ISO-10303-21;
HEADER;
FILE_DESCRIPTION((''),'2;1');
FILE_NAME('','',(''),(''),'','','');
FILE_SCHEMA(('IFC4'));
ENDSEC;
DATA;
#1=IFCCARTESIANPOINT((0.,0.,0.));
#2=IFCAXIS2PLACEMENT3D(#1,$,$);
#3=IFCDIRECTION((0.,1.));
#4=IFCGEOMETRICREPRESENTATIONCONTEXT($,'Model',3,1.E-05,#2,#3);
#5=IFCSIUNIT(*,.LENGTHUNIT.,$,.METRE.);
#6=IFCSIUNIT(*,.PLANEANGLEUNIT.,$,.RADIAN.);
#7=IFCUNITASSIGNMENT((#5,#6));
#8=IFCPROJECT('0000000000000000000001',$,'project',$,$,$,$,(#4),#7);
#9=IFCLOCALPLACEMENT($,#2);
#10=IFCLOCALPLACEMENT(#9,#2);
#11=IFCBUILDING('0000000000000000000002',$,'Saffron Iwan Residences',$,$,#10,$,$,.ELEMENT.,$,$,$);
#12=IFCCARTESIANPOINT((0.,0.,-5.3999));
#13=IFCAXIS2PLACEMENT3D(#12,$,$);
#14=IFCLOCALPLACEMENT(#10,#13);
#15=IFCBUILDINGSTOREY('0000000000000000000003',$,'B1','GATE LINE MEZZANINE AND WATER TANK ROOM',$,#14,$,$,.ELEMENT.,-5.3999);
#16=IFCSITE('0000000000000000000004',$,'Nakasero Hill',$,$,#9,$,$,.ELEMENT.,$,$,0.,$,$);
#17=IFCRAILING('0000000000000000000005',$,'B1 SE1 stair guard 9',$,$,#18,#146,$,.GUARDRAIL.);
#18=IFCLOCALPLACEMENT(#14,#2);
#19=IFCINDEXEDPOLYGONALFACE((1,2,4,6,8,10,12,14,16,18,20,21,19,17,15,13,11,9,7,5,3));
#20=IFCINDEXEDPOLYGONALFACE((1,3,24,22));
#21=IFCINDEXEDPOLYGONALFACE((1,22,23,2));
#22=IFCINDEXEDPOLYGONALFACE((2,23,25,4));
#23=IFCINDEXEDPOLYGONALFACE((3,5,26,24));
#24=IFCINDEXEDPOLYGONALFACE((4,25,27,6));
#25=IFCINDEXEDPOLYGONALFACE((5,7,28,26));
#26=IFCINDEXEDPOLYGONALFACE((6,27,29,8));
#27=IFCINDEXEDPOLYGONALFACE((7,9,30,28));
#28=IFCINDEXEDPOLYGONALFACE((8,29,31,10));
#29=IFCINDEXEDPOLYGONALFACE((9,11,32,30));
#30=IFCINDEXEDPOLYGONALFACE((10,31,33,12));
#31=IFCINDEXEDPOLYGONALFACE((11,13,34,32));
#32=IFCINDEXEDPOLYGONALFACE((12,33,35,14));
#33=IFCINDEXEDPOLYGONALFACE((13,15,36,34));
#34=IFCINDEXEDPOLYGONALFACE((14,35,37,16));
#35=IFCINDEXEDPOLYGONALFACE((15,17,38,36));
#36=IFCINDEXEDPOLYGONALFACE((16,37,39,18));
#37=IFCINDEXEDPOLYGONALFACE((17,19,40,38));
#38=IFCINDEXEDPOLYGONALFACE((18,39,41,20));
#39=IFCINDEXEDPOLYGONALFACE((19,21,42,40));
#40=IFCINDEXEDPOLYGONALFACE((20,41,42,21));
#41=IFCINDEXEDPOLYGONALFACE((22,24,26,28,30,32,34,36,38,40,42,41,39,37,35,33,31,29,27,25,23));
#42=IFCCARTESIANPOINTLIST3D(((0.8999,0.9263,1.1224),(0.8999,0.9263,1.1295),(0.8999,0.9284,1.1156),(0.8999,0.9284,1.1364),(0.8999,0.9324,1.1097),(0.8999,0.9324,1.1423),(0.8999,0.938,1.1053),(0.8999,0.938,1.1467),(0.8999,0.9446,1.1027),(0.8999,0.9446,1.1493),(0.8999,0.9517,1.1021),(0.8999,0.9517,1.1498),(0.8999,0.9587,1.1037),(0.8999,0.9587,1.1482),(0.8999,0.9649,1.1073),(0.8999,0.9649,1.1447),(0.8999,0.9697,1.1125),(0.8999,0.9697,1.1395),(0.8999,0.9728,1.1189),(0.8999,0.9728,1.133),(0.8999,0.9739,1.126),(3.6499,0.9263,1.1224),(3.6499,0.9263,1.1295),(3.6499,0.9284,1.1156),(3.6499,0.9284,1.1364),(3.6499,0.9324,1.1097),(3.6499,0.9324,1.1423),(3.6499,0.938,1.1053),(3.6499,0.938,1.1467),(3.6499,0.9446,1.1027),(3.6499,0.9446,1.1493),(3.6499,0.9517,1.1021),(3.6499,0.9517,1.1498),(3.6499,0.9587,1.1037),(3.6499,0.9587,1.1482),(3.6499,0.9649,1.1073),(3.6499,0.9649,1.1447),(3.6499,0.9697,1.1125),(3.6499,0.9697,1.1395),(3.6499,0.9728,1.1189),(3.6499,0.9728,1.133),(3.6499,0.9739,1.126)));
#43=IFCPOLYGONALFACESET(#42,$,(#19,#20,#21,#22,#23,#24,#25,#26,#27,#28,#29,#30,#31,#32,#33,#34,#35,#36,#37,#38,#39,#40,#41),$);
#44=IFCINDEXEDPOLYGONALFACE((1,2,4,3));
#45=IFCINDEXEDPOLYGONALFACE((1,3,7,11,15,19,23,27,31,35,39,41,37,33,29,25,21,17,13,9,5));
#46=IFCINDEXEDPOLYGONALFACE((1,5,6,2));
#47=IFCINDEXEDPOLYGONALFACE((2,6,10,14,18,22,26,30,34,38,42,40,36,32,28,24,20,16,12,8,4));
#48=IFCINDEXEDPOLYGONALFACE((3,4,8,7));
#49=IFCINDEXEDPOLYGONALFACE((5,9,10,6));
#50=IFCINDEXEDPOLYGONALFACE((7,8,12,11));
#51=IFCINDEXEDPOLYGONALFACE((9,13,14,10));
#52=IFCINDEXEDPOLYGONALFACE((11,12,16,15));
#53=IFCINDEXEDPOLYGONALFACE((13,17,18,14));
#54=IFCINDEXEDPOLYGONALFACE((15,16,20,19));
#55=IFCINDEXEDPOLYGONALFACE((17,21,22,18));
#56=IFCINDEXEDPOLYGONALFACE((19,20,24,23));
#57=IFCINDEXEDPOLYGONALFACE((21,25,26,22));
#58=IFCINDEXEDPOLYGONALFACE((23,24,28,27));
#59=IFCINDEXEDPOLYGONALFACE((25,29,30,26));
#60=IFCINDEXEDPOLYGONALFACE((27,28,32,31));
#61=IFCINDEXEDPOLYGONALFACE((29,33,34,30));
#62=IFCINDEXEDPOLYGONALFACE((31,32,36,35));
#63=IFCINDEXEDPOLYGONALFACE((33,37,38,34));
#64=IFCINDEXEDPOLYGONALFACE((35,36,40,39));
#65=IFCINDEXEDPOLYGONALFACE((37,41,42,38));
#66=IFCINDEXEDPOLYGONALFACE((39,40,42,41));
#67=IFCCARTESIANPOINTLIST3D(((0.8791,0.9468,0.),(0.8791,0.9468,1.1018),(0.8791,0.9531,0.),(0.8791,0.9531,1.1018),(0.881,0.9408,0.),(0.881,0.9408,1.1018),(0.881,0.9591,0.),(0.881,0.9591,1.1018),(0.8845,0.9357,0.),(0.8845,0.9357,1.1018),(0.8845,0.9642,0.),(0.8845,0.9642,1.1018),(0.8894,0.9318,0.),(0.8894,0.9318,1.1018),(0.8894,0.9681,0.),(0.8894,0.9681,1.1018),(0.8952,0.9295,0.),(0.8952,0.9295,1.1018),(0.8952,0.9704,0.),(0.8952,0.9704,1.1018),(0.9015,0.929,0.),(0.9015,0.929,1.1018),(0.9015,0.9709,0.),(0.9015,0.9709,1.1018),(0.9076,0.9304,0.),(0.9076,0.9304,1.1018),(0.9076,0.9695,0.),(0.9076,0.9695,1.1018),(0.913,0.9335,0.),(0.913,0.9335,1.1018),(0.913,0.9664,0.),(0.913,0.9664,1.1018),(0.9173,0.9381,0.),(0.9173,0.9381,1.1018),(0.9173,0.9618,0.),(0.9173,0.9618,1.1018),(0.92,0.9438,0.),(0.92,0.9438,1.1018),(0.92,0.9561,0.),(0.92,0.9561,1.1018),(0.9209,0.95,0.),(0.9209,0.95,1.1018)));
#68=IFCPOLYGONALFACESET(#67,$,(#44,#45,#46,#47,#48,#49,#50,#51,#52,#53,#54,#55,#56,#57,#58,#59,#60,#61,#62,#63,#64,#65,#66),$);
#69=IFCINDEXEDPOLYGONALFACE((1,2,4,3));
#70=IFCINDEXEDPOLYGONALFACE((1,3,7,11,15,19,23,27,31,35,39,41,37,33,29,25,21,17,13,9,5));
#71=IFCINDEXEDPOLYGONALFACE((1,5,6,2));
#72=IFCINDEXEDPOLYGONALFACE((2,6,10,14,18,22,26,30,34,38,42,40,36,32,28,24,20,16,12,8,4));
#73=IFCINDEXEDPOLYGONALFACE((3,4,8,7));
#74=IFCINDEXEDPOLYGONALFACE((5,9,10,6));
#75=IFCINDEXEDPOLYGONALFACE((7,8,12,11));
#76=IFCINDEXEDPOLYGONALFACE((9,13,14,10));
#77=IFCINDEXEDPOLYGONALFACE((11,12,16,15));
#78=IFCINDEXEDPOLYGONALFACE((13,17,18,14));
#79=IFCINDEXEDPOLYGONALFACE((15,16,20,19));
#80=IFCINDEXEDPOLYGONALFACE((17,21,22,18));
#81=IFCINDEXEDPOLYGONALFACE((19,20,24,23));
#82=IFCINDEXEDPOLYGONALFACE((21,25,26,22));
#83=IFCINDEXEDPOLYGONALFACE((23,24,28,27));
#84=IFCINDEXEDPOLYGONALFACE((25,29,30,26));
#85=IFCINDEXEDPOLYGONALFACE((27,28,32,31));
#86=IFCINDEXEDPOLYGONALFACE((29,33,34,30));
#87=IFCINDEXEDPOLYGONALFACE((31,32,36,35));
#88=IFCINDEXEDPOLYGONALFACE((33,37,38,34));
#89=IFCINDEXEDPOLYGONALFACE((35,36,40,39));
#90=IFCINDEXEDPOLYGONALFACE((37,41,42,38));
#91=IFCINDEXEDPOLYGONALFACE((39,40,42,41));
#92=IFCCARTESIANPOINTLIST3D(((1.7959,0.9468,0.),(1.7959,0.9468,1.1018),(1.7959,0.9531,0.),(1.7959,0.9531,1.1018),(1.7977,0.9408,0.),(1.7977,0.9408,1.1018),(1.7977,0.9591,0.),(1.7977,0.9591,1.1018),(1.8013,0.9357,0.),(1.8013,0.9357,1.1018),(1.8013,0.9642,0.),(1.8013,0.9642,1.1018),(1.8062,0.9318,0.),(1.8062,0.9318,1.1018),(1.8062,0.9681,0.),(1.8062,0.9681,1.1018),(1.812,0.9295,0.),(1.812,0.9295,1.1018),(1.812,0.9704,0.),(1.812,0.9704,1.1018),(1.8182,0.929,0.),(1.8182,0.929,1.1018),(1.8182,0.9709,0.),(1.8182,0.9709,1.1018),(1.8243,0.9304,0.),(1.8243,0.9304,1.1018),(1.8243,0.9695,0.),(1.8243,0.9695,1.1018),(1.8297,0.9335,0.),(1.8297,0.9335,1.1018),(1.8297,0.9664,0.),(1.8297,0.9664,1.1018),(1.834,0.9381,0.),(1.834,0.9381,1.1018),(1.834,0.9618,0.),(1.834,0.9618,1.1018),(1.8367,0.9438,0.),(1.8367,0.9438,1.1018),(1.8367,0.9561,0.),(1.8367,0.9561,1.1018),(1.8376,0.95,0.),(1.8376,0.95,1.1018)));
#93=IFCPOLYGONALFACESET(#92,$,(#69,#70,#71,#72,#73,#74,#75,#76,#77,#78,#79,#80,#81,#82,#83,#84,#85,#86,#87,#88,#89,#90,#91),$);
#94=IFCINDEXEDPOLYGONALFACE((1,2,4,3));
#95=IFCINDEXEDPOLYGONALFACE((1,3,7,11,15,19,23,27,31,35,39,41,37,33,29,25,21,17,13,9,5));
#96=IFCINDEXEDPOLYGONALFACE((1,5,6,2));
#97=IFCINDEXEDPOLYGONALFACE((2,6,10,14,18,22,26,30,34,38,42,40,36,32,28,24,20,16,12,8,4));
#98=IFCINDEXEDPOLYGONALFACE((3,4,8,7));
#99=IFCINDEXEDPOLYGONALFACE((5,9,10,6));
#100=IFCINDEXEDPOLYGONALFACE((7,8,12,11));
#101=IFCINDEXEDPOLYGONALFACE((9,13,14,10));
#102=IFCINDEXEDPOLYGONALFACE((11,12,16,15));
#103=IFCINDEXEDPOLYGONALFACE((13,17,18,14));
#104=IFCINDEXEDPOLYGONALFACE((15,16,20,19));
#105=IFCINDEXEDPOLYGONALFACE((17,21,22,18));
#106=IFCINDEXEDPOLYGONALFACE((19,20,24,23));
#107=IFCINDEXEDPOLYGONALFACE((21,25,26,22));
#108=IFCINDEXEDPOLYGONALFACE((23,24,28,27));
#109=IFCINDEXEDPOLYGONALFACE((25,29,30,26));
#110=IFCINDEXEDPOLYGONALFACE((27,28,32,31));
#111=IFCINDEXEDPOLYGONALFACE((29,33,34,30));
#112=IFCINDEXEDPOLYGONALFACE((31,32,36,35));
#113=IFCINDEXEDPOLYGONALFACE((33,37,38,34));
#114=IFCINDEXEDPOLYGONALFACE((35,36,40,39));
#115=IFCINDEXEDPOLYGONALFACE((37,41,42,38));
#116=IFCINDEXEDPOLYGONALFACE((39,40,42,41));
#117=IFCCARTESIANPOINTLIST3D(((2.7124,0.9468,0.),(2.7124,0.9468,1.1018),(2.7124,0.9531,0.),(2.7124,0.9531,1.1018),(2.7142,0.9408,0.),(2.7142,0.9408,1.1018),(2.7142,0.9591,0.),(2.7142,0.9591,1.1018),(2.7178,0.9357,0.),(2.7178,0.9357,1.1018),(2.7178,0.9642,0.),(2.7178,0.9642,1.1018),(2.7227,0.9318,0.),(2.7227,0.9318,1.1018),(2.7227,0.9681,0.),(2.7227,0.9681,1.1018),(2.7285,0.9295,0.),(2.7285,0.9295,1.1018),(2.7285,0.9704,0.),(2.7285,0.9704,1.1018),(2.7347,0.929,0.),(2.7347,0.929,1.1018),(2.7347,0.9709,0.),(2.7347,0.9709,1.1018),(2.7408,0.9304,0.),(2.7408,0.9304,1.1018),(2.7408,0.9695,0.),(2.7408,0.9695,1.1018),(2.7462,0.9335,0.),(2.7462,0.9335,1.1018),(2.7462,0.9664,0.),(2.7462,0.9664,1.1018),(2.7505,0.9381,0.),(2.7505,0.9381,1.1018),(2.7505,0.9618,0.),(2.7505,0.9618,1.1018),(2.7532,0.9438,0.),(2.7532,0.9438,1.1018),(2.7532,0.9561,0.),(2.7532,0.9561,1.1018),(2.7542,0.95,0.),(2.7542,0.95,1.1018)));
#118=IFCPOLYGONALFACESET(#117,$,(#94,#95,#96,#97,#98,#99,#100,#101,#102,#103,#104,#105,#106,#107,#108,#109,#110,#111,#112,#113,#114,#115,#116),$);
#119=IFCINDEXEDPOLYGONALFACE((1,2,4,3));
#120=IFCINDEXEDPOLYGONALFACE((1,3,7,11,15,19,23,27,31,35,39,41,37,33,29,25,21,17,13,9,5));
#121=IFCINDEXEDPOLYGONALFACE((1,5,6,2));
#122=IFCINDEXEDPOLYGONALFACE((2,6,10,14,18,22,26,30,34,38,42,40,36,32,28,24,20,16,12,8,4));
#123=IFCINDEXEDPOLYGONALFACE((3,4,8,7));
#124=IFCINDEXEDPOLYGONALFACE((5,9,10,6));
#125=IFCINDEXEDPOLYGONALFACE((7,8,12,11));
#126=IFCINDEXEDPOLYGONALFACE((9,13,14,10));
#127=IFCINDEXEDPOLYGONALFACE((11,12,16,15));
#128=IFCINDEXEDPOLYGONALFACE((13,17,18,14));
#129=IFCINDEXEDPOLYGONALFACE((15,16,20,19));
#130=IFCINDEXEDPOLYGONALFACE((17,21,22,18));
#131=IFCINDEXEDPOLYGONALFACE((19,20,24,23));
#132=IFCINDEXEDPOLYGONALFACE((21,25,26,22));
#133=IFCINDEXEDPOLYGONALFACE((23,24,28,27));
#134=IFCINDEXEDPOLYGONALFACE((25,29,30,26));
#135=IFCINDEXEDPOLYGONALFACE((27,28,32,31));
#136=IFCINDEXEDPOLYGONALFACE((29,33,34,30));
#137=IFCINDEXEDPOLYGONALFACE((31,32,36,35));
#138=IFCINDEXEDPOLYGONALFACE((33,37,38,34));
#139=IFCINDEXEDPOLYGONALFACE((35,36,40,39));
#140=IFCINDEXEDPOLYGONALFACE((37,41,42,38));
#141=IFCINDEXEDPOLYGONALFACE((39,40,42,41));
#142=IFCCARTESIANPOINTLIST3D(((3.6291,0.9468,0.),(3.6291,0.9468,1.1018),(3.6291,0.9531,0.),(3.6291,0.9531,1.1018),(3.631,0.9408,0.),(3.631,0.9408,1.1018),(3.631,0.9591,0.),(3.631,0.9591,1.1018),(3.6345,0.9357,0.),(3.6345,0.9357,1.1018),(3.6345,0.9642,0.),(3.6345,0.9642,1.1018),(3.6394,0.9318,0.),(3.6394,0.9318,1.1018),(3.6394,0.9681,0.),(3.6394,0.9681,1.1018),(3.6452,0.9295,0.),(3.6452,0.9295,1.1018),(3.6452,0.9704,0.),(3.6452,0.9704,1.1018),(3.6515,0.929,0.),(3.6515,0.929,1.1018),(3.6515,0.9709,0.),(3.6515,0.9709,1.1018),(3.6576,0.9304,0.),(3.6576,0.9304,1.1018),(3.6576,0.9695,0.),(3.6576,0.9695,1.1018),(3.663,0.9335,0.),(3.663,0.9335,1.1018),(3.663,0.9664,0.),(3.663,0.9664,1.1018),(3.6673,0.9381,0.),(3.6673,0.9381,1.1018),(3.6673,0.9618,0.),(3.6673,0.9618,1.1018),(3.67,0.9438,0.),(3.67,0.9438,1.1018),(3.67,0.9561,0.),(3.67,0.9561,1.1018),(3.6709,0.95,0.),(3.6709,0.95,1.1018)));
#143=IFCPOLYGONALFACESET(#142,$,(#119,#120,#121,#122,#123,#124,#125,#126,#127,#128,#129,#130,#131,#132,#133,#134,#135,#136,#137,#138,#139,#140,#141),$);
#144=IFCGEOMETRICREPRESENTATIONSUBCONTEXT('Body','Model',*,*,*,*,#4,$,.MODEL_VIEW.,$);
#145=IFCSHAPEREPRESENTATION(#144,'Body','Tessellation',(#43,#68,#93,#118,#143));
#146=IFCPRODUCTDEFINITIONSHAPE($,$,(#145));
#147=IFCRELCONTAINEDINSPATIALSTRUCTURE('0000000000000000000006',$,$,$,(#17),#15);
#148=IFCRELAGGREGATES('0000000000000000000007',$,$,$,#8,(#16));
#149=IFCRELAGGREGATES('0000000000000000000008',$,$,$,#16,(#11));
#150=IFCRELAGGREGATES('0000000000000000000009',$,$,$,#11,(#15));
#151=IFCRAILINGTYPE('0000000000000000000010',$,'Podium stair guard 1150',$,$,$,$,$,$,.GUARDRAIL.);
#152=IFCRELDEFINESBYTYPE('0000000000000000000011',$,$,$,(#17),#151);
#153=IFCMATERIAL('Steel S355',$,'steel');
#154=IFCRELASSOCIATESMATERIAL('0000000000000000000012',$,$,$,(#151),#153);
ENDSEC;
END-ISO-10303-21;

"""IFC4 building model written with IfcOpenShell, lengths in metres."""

from ifc_helpers import new_model, si_unit, direction, frame, origin, origin_2d, place, context, subcontext, project, spatial, circle, extrude, material, type_object, element, save


model = new_model("IFC4")

# Units and contexts
model_context = context("Model", 3, precision=1e-05, world=origin(), true_north=direction((0.0, 1.0)))
body_context = subcontext(model_context, "Body", "Model", "MODEL_VIEW")
ifc_project = project(units=[si_unit("LENGTHUNIT", "METRE"), si_unit("PLANEANGLEUNIT", "RADIAN")], contexts=[model_context])

# Site, building, storey
site_placement = place(None, origin())
site = spatial("IfcSite", under=ifc_project, at=site_placement, Name="Nakasero Hill", CompositionType="ELEMENT", RefElevation=0.0)
building_placement = place(site_placement, origin())
building = spatial("IfcBuilding", under=site, at=building_placement, Name="Saffron Iwan Residences", CompositionType="ELEMENT")
storey_placement = place(building_placement, frame((0.0, 0.0, -5.3999)))
storey = spatial("IfcBuildingStorey", under=building, at=storey_placement, Name="B1", Description="GATE LINE MEZZANINE AND WATER TANK ROOM", CompositionType="ELEMENT", Elevation=-5.3999)

# Railing
ifc_material_1 = material(Name="Steel S355", Category="steel")
railing_type_1 = type_object("IfcRailingType", Name="Podium stair guard 1150", PredefinedType="GUARDRAIL", material=ifc_material_1)
railing_1_placement = place(storey_placement, frame((0.8999, 0.95, 0.0)))
element("IfcRailing", 1, at=railing_1_placement, inside=storey, type_object=railing_type_1, Name="B1 SE1 stair guard 9", PredefinedType="GUARDRAIL", context=body_context, shape_type="SweptSolid", body=[
    extrude(circle(Radius=0.0239, at=origin_2d()), frame((0.0, 0.0, 1.126), z_axis=(1.0, 0.0, 0.0), x_axis=(0.0, 1.0, 0.0)), (0.0, 0.0, 1.0), 2.75),
    extrude(circle(Radius=0.021, at=origin_2d()), origin(), (0.0, 0.0, 1.0), 1.1018),
    extrude(circle(Radius=0.021, at=origin_2d()), frame((0.9167, 0.0, 0.0)), (0.0, 0.0, 1.0), 1.1018),
    extrude(circle(Radius=0.021, at=origin_2d()), frame((1.8333, 0.0, 0.0)), (0.0, 0.0, 1.0), 1.1018),
    extrude(circle(Radius=0.021, at=origin_2d()), frame((2.75, 0.0, 0.0)), (0.0, 0.0, 1.0), 1.1018),
])

save(model, "model.ifc")
